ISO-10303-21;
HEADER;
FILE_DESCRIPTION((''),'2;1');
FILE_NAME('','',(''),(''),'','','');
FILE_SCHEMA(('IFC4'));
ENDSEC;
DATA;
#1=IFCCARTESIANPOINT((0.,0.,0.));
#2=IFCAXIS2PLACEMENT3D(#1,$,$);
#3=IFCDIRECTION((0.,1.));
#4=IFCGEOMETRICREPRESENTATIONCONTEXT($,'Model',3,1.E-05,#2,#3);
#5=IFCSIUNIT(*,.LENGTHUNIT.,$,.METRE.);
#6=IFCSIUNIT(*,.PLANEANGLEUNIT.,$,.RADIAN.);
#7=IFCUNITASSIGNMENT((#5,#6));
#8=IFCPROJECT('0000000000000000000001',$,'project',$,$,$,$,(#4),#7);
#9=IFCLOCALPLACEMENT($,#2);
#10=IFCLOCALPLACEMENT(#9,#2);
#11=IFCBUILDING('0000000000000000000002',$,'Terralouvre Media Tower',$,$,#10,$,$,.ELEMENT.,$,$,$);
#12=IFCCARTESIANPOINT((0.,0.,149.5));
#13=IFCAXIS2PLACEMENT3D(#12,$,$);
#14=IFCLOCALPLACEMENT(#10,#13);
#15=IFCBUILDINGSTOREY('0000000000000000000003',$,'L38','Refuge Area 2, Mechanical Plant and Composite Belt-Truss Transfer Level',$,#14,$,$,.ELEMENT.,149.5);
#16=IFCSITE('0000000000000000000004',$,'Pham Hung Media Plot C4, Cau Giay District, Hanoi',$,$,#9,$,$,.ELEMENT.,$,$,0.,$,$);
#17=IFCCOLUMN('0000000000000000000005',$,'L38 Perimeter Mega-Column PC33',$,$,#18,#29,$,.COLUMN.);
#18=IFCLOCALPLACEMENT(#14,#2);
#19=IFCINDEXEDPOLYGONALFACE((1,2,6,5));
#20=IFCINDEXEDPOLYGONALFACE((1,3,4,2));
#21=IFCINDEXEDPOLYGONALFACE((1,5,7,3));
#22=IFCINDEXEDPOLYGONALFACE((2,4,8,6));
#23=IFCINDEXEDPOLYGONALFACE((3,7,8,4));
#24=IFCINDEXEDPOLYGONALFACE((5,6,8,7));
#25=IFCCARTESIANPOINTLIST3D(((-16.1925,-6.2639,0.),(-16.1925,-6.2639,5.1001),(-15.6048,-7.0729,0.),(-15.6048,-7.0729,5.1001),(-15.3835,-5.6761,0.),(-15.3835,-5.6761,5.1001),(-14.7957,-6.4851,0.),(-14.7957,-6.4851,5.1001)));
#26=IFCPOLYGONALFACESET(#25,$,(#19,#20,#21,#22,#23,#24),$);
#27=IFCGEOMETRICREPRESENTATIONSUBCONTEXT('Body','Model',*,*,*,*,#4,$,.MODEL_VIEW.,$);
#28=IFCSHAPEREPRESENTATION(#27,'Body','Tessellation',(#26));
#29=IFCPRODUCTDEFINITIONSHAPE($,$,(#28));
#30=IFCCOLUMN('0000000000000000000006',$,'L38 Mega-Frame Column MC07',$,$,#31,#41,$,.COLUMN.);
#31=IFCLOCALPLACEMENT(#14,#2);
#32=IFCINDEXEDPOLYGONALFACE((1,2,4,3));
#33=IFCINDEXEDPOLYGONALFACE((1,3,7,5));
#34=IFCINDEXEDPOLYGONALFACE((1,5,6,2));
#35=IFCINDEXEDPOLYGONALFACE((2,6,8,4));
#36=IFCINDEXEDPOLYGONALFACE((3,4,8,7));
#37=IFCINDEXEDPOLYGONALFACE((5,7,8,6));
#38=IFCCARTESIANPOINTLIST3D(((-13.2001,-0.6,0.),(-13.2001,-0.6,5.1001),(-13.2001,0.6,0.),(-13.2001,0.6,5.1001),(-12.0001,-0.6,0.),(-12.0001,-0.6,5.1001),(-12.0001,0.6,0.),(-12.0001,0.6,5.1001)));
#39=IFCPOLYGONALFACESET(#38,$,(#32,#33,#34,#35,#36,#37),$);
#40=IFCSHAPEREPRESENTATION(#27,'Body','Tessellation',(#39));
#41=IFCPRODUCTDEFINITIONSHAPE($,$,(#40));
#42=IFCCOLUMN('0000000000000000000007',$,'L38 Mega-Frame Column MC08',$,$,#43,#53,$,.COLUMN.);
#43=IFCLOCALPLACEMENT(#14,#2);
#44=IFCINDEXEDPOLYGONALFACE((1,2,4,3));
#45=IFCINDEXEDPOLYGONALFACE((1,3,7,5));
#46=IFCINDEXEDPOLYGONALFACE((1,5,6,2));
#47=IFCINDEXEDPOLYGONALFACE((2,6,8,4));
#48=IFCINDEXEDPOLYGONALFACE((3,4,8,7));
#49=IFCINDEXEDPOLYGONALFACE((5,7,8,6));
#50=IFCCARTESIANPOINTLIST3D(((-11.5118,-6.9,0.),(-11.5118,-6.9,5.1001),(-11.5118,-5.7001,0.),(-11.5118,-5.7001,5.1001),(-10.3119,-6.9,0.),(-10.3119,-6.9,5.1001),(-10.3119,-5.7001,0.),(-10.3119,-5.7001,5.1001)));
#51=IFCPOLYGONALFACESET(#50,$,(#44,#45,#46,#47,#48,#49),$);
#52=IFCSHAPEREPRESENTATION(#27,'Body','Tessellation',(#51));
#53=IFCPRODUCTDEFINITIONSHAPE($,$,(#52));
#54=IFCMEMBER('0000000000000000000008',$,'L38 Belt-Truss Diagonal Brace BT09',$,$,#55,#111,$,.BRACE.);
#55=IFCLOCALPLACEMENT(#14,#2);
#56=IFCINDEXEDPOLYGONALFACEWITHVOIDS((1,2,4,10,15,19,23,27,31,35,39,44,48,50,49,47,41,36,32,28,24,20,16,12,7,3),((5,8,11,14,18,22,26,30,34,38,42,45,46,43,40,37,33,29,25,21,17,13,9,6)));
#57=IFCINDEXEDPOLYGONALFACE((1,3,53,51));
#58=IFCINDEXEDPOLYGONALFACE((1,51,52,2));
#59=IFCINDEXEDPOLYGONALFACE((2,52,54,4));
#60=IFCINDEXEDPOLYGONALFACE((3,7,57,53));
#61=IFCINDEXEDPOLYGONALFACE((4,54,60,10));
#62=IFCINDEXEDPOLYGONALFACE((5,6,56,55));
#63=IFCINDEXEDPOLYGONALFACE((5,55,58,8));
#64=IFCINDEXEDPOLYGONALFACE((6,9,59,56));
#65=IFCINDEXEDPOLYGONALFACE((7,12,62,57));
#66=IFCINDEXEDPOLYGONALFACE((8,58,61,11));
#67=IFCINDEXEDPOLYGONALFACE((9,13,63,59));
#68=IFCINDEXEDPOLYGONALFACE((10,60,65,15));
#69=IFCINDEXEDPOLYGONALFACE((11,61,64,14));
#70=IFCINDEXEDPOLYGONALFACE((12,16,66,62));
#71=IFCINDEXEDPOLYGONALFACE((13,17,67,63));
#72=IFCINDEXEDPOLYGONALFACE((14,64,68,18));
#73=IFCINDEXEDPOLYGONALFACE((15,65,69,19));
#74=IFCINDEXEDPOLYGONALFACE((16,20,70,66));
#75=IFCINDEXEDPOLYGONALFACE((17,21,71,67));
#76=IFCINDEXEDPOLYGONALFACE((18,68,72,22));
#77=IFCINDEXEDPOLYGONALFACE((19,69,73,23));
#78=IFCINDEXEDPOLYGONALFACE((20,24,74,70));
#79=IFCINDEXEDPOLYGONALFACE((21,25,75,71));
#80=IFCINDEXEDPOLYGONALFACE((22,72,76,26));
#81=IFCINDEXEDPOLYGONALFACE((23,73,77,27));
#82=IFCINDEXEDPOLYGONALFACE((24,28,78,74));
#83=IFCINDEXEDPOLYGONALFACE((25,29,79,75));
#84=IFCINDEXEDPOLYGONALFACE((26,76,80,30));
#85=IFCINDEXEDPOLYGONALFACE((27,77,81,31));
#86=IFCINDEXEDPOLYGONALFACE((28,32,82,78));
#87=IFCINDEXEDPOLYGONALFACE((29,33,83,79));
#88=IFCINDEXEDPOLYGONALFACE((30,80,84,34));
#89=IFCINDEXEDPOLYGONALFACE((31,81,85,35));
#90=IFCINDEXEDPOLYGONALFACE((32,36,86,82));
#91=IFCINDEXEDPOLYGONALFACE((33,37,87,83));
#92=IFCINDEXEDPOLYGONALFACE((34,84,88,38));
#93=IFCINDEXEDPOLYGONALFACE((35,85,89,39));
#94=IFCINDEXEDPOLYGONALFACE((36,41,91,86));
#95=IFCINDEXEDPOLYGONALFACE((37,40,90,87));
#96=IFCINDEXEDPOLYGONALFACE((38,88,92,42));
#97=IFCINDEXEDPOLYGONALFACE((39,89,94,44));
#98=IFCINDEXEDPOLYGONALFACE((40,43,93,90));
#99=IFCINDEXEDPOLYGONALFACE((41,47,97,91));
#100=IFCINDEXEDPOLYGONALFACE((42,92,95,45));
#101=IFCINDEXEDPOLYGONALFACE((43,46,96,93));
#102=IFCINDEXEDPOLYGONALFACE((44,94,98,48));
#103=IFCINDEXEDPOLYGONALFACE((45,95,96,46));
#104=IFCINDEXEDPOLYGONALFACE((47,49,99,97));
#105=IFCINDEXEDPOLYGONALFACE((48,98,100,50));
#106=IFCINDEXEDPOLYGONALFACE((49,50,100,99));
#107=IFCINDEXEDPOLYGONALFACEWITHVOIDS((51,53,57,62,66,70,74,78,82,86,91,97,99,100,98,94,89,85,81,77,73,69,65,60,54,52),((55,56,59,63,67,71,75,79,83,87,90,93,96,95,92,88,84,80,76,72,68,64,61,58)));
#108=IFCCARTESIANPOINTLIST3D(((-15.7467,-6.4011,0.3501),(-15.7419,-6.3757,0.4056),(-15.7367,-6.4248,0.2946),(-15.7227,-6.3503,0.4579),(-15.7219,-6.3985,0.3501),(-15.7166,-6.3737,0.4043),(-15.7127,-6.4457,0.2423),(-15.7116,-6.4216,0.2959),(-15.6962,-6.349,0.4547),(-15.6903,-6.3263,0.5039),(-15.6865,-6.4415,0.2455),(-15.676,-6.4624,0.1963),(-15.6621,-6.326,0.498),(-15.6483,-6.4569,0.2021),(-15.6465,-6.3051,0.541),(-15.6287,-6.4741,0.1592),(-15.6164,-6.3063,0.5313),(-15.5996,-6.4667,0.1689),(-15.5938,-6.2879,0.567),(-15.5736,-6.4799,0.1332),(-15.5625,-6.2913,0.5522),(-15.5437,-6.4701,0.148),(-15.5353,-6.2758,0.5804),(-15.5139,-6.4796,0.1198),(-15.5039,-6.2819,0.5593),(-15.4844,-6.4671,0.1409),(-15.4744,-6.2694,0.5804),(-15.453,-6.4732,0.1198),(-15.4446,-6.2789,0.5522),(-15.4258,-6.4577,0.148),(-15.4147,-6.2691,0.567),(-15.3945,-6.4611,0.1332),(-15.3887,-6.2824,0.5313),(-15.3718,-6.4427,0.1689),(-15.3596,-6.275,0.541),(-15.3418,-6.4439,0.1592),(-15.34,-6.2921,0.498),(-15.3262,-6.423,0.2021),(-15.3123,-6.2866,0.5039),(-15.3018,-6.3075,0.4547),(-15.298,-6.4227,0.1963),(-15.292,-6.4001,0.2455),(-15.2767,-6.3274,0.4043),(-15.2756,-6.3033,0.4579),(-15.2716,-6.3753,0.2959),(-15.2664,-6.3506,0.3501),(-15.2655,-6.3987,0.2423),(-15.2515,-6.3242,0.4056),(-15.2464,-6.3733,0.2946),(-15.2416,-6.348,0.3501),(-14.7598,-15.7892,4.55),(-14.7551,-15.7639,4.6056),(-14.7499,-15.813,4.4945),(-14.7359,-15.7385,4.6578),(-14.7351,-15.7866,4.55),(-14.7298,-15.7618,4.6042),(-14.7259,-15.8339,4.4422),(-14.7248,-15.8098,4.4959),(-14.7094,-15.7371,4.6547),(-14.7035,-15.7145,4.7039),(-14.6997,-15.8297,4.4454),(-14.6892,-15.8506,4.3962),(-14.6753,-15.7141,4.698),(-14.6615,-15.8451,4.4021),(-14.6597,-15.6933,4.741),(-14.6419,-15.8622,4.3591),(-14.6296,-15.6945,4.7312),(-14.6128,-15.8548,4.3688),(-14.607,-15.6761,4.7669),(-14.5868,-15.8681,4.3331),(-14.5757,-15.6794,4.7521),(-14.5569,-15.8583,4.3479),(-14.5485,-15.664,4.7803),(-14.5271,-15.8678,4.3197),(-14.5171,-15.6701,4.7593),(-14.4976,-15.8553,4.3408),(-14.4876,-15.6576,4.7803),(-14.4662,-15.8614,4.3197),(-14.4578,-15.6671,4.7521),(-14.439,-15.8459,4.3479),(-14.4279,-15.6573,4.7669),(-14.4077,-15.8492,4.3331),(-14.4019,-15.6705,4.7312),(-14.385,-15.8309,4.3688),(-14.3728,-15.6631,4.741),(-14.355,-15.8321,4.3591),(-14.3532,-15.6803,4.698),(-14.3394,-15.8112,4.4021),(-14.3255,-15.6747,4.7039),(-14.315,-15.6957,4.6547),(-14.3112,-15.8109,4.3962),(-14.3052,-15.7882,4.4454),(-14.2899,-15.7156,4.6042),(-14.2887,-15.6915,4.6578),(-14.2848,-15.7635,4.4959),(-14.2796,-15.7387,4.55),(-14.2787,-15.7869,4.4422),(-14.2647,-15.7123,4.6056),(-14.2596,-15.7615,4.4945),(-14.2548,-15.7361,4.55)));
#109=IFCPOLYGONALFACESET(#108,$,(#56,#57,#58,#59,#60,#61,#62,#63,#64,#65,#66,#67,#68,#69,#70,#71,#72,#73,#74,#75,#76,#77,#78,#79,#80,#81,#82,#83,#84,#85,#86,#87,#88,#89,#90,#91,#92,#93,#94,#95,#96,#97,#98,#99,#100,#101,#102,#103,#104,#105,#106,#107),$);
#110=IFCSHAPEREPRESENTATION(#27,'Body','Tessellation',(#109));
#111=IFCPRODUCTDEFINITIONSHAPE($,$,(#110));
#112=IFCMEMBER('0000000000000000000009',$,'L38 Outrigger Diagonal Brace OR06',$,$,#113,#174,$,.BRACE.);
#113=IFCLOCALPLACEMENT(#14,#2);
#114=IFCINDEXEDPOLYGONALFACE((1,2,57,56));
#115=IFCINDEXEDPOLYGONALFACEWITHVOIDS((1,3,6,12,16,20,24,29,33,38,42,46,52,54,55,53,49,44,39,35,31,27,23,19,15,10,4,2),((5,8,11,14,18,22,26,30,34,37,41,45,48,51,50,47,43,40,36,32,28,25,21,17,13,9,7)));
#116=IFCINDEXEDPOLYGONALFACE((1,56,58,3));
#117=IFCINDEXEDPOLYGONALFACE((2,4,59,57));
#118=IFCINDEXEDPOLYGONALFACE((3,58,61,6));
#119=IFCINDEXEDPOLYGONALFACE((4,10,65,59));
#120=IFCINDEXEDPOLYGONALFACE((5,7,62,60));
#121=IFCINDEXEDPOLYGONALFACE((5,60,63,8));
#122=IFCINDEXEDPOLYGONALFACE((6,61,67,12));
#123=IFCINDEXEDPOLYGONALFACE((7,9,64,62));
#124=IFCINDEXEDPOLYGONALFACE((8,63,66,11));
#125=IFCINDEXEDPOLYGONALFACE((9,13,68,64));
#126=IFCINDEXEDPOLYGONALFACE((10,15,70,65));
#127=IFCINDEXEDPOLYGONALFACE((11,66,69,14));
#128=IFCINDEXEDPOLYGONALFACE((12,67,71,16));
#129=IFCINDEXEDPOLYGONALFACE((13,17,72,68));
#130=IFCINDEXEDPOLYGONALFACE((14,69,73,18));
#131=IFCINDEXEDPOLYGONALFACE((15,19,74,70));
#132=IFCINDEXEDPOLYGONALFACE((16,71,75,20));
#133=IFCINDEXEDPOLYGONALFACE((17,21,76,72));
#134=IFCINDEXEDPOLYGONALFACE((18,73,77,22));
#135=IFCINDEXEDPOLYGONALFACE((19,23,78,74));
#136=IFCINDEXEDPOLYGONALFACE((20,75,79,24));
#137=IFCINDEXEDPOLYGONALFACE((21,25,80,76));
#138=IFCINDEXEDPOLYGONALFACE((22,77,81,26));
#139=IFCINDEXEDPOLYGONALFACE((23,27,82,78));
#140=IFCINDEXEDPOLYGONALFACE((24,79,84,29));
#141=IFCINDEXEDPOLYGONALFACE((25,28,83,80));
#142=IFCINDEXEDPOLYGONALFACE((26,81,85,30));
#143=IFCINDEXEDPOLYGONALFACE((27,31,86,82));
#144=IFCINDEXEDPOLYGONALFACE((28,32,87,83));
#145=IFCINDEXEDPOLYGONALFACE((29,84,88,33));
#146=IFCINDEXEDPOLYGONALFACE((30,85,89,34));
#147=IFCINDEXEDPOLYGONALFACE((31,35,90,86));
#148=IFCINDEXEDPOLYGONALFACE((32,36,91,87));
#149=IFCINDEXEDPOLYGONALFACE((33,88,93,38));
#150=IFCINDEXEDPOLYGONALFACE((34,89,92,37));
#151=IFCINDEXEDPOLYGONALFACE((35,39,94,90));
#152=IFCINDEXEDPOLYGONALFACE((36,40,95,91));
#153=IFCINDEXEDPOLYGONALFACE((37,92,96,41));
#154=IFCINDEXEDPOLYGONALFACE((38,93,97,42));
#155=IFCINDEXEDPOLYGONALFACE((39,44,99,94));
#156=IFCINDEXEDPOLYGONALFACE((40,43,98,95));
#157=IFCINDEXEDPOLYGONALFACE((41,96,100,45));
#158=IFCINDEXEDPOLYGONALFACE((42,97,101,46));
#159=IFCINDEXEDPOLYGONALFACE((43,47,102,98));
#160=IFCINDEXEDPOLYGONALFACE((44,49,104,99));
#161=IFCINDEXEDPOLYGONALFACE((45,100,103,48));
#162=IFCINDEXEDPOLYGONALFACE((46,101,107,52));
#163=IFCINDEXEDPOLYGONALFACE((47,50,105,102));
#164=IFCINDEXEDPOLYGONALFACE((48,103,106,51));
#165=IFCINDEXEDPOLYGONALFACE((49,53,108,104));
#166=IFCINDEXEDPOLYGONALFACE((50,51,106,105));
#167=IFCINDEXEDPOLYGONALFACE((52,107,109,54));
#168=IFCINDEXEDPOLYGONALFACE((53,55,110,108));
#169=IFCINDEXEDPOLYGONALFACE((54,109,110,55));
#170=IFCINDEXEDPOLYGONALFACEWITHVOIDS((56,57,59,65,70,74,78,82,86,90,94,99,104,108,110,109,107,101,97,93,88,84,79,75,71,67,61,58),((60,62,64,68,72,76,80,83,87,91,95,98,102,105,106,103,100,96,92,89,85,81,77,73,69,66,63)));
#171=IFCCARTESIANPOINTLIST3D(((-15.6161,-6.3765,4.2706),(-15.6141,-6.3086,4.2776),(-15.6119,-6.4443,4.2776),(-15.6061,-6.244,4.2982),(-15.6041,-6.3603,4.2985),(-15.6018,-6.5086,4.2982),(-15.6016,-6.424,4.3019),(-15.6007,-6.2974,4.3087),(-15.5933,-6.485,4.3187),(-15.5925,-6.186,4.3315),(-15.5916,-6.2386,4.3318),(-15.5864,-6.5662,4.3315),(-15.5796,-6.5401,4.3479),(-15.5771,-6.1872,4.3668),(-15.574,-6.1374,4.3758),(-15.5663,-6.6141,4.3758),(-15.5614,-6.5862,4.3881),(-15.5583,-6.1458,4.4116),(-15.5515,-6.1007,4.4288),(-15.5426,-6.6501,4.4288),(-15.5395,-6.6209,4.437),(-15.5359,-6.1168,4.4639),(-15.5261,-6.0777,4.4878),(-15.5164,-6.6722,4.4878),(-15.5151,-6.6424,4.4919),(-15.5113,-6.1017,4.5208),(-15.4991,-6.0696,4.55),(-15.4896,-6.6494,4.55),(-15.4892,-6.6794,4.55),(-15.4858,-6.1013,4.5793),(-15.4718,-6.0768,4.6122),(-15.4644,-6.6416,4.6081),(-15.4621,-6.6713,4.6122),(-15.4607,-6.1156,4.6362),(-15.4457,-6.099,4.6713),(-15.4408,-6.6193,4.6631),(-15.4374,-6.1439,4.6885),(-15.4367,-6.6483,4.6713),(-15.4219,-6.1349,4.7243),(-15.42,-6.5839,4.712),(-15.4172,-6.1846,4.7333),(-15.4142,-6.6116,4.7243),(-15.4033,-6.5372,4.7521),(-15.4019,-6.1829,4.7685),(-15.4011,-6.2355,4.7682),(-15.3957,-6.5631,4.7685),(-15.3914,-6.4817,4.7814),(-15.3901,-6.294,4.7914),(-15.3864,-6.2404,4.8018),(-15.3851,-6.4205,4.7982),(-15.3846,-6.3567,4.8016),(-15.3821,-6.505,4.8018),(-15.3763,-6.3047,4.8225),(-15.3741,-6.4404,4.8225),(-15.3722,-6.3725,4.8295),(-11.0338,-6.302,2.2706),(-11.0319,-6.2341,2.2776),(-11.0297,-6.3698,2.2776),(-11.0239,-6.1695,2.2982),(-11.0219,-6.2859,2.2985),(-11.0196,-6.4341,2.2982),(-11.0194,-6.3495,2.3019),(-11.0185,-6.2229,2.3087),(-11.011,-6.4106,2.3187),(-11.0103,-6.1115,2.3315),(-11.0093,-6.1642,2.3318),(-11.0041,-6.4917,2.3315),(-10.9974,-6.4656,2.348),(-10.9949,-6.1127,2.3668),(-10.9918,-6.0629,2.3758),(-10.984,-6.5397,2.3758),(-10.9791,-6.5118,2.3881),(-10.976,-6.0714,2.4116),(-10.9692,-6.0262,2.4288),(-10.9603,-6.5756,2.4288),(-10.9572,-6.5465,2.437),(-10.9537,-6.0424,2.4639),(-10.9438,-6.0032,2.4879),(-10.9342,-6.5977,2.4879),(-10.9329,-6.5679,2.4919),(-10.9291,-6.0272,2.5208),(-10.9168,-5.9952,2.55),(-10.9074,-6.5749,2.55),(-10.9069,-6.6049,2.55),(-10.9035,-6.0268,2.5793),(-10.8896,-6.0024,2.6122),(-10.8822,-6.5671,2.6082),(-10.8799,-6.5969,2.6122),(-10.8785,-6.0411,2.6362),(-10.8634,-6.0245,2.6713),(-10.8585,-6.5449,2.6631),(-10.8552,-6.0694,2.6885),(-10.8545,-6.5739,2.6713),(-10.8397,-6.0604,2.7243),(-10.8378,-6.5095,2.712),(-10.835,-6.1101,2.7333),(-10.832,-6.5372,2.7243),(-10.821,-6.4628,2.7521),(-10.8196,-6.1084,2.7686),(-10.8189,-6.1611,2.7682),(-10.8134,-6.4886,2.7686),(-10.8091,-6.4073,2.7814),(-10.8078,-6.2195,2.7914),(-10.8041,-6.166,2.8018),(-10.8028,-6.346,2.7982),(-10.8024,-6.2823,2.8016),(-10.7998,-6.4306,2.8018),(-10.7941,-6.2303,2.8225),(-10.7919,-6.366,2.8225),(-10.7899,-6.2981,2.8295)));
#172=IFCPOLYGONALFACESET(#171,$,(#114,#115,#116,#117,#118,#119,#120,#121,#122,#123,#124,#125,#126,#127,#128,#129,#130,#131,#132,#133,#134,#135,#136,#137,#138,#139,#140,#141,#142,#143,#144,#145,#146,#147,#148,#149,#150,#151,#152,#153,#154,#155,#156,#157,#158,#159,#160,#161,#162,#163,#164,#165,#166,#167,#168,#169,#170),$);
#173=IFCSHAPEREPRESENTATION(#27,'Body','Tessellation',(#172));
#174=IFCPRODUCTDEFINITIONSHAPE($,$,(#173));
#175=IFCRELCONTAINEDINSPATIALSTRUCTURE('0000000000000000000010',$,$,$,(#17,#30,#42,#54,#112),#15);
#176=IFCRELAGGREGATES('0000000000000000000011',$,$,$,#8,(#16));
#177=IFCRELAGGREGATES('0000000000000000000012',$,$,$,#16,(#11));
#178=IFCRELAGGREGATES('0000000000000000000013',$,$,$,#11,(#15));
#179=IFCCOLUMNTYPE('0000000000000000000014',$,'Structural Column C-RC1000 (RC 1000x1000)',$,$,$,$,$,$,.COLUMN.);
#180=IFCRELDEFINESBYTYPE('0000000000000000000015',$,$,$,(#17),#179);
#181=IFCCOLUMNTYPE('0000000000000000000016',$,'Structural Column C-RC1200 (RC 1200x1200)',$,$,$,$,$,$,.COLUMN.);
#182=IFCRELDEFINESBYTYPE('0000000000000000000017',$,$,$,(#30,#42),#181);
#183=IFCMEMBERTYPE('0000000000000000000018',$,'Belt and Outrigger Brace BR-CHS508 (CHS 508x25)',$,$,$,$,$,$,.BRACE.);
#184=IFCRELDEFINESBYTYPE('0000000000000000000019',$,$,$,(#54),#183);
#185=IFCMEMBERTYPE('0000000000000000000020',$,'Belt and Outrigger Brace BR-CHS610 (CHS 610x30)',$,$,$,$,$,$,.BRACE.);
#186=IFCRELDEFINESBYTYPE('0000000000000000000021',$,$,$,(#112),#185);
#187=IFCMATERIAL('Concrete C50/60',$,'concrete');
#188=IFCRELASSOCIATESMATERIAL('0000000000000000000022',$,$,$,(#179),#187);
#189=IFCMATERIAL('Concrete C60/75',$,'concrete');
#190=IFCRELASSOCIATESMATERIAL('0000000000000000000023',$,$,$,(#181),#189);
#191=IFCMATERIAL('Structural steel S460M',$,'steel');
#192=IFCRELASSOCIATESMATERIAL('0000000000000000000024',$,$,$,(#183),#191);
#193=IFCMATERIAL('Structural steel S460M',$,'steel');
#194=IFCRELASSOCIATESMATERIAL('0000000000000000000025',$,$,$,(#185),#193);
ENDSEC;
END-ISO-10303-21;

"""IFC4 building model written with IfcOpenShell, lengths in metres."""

from ifc_helpers import new_model, si_unit, direction, frame, origin, origin_2d, place, context, subcontext, project, spatial, rectangle, hollow_circle, extrude, material, material_profile, profile_set, type_object, element, save


model = new_model("IFC4")

# Units and contexts
model_context = context("Model", 3, precision=1e-05, world=origin(), true_north=direction((0.0, 1.0)))
body_context = subcontext(model_context, "Body", "Model", "MODEL_VIEW")
ifc_project = project(units=[si_unit("LENGTHUNIT", "METRE"), si_unit("PLANEANGLEUNIT", "RADIAN")], contexts=[model_context])

# Site, building, storey
site_placement = place(None, origin())
site = spatial("IfcSite", under=ifc_project, at=site_placement, Name="Pham Hung Media Plot C4, Cau Giay District, Hanoi", CompositionType="ELEMENT", RefElevation=0.0)
building_placement = place(site_placement, origin())
building = spatial("IfcBuilding", under=site, at=building_placement, Name="Terralouvre Media Tower", CompositionType="ELEMENT")
storey_placement = place(building_placement, frame((0.0, 0.0, 149.5)))
storey = spatial("IfcBuildingStorey", under=building, at=storey_placement, Name="L38", Description="Refuge Area 2, Mechanical Plant and Composite Belt-Truss Transfer Level", CompositionType="ELEMENT", Elevation=149.5)

# Columns
ifc_material_1 = material(Name="Concrete C50/60", Category="concrete")
ifc_material_profile_1 = material_profile(ifc_material_1, rectangle(XDim=1.0, YDim=1.0, at=origin_2d()), Name="RC 1000x1000")
ifc_profile_set_1 = profile_set([ifc_material_profile_1], Name="Concrete C50/60")
column_type_1 = type_object("IfcColumnType", Name="Structural Column C-RC1000 (RC 1000x1000)", PredefinedType="COLUMN", material=ifc_profile_set_1)
column_placement = place(storey_placement, frame((-15.4941, -6.3745, 0.0), z_axis=(0.0, 0.0, 1.0), x_axis=(0.809017, 0.587785, 0.0)))
element("IfcColumn", 1, at=column_placement, inside=storey, type_object=column_type_1, Name="L38 Perimeter Mega-Column PC33", PredefinedType="COLUMN", context=body_context, shape_type="SweptSolid", body=[
    extrude(rectangle(XDim=1.0, YDim=1.0, at=origin_2d()), origin(), (0.0, 0.0, 1.0), 5.1001),
])
ifc_material_2 = material(Name="Concrete C60/75", Category="concrete")
ifc_material_profile_2 = material_profile(ifc_material_2, rectangle(XDim=1.2, YDim=1.2, at=origin_2d()), Name="RC 1200x1200")
ifc_profile_set_2 = profile_set([ifc_material_profile_2], Name="Concrete C60/75")
column_type_2 = type_object("IfcColumnType", Name="Structural Column C-RC1200 (RC 1200x1200)", PredefinedType="COLUMN", material=ifc_profile_set_2)
for number, where, z_axis, x_axis, name in (
    (2, (-12.6001, 0.0, 0.0), (0.0, 0.0, 1.0), (1.0, 0.0, 0.0), "L38 Mega-Frame Column MC07"),
    (3, (-10.9119, -6.3, 0.0), (0.0, 0.0, 1.0), (1.0, 0.0, 0.0), "L38 Mega-Frame Column MC08"),
):
    element("IfcColumn", number, at=place(storey_placement, frame(where, z_axis=z_axis, x_axis=x_axis)), inside=storey, type_object=column_type_2, Name=name, PredefinedType="COLUMN", context=body_context, shape_type="SweptSolid", body=[
        extrude(rectangle(XDim=1.2, YDim=1.2, at=origin_2d()), origin(), (0.0, 0.0, 1.0), 5.1001),
    ])

# Members
ifc_material_3 = material(Name="Structural steel S460M", Category="steel")
ifc_material_profile_3 = material_profile(ifc_material_3, hollow_circle(Radius=0.2539, WallThickness=0.0249, at=origin_2d()), Name="CHS 508x25")
ifc_profile_set_3 = profile_set([ifc_material_profile_3], Name="Structural steel S460M")
member_type_1 = type_object("IfcMemberType", Name="Belt and Outrigger Brace BR-CHS508 (CHS 508x25)", PredefinedType="BRACE", material=ifc_profile_set_3)
member_1_placement = place(storey_placement, frame((-15.4941, -6.3745, 0.3501), z_axis=(0.09551, -0.908646, 0.406497), x_axis=(0.994521, 0.104537, 0.0)))
element("IfcMember", 4, at=member_1_placement, inside=storey, type_object=member_type_1, Name="L38 Belt-Truss Diagonal Brace BT09", PredefinedType="BRACE", context=body_context, shape_type="SweptSolid", body=[
    extrude(hollow_circle(Radius=0.2539, WallThickness=0.0249, at=origin_2d()), origin(), (0.0, 0.0, 1.0), 10.332),
])
ifc_material_4 = material(Name="Structural steel S460M", Category="steel")
ifc_material_profile_4 = material_profile(ifc_material_4, hollow_circle(Radius=0.3049, WallThickness=0.03, at=origin_2d()), Name="CHS 610x30")
ifc_profile_set_4 = profile_set([ifc_material_profile_4], Name="Structural steel S460M")
member_type_2 = type_object("IfcMemberType", Name="Belt and Outrigger Brace BR-CHS610 (CHS 610x30)", PredefinedType="BRACE", material=ifc_profile_set_4)
member_2_placement = place(storey_placement, frame((-10.9119, -6.3, 2.55), z_axis=(-0.916404, -0.014892, 0.399978), x_axis=(0.016248, -0.999868, 0.0)))
element("IfcMember", 5, at=member_2_placement, inside=storey, type_object=member_type_2, Name="L38 Outrigger Diagonal Brace OR06", PredefinedType="BRACE", context=body_context, shape_type="SweptSolid", body=[
    extrude(hollow_circle(Radius=0.3049, WallThickness=0.03, at=origin_2d()), origin(), (0.0, 0.0, 1.0), 5.0002),
])

save(model, "model.ifc")
